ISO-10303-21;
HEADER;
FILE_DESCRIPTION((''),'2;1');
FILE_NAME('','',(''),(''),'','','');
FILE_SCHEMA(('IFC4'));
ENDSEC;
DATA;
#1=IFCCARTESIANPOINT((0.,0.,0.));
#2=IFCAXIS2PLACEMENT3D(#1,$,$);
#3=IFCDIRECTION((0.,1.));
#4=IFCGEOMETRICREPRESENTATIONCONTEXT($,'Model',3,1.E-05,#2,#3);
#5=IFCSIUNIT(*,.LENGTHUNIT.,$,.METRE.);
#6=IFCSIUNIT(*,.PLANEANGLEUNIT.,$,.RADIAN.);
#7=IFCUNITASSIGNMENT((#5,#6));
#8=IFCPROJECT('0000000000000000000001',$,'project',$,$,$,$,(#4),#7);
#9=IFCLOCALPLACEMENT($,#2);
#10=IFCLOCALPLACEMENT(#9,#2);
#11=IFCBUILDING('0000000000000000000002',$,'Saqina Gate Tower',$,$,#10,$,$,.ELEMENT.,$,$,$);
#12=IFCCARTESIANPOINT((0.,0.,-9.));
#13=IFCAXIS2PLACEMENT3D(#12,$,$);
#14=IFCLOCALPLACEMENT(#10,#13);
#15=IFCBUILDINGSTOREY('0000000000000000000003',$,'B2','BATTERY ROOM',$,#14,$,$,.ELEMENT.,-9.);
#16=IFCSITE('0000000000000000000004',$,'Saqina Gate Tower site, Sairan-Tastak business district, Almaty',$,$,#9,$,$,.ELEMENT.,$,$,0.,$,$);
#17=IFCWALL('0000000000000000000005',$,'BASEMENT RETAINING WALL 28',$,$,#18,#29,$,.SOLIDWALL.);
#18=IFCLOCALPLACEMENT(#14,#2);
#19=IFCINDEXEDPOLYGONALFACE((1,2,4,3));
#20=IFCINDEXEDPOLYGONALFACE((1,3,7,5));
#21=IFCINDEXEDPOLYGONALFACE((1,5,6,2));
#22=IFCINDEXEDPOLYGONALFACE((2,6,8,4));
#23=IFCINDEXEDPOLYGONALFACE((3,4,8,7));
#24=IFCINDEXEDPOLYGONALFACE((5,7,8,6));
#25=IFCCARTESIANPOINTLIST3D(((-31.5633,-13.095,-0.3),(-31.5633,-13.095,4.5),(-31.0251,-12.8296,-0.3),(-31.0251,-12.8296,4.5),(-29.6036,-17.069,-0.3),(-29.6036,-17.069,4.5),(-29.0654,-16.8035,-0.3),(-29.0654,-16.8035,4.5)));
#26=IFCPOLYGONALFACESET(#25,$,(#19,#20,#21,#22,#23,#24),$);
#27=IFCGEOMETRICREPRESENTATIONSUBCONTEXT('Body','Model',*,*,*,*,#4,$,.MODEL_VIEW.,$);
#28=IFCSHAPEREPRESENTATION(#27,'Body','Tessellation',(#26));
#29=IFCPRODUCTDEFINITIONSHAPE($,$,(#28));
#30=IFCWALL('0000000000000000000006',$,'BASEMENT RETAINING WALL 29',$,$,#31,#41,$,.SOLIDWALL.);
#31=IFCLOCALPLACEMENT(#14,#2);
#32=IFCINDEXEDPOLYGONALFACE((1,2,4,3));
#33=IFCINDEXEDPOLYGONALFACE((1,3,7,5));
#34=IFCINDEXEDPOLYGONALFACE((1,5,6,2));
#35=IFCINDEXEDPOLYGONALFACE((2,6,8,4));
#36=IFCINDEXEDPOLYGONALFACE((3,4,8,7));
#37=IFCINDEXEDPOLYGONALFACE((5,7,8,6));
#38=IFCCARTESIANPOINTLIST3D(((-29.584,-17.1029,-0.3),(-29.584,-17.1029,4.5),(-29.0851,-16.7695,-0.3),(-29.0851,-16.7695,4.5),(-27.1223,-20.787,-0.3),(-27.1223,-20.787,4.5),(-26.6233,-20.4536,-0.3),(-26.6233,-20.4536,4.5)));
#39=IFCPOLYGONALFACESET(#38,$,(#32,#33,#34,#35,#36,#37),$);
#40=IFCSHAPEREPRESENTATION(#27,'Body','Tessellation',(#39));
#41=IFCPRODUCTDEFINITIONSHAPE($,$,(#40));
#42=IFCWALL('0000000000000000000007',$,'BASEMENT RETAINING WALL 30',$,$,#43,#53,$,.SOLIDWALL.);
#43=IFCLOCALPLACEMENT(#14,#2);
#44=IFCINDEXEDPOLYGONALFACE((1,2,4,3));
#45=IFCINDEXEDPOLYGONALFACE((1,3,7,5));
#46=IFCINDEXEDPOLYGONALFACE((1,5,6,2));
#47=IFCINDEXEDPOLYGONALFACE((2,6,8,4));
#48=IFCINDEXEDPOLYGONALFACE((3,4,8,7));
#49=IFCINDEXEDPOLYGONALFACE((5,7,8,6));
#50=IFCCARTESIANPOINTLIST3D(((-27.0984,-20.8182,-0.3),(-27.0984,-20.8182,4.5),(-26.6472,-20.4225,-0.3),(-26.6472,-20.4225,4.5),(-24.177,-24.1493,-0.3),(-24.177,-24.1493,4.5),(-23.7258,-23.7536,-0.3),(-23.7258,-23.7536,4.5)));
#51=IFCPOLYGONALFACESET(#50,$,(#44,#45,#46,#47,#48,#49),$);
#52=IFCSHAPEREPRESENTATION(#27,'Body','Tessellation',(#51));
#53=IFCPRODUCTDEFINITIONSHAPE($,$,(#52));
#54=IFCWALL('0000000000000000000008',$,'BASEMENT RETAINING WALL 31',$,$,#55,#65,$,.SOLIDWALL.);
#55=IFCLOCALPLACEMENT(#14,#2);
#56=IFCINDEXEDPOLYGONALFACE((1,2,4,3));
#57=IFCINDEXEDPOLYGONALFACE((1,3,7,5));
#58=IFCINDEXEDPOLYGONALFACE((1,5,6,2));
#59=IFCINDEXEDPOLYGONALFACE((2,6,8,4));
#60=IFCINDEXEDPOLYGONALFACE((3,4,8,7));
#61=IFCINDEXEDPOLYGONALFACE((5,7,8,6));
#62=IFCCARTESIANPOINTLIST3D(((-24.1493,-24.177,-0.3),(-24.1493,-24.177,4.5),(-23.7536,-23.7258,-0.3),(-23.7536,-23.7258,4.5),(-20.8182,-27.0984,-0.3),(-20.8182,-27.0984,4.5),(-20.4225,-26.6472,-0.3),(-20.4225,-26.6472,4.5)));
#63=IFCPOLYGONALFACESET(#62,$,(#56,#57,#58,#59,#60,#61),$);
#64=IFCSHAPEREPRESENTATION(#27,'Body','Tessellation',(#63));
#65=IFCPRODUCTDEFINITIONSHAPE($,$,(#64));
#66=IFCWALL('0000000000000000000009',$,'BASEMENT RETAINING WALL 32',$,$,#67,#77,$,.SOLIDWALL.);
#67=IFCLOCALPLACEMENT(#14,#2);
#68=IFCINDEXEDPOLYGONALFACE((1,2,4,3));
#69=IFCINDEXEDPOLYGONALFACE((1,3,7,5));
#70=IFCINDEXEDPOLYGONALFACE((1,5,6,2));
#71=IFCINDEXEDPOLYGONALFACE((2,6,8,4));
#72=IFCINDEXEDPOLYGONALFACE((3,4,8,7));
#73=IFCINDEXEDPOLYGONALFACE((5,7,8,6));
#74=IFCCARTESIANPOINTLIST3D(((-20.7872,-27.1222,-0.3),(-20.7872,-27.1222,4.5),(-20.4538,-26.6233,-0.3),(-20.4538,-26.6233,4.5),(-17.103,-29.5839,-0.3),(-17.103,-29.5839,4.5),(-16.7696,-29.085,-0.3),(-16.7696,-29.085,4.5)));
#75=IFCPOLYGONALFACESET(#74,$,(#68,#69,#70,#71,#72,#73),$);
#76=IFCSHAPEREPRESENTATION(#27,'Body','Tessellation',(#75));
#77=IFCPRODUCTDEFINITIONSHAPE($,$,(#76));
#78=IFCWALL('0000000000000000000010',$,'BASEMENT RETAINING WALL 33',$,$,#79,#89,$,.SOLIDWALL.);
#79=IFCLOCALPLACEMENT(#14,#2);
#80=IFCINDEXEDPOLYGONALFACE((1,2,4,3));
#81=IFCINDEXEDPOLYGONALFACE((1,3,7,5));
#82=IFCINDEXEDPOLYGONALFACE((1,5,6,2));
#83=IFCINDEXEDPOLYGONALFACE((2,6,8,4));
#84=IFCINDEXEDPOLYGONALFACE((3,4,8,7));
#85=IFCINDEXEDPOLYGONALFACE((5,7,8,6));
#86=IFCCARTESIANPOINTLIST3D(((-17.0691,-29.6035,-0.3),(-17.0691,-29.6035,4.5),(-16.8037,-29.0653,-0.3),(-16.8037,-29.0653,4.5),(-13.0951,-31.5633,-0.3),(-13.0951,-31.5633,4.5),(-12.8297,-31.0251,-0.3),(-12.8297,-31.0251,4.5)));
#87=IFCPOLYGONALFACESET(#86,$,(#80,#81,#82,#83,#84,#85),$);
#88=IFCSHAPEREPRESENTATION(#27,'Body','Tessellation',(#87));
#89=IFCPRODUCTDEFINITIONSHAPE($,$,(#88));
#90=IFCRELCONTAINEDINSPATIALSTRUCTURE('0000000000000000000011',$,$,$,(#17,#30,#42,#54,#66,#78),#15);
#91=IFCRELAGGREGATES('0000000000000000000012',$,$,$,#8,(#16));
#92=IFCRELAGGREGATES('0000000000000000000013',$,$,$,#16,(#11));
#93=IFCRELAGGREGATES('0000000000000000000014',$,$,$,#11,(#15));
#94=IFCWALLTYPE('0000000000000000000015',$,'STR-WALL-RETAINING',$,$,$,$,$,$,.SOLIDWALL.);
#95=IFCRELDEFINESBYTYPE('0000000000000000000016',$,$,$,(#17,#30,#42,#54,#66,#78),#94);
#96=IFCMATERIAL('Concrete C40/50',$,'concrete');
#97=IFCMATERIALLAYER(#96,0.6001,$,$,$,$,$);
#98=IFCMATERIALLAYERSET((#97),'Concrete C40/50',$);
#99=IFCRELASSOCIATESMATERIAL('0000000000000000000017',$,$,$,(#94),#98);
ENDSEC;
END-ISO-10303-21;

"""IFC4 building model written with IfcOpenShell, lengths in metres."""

from ifc_helpers import new_model, si_unit, direction, frame, frame_2d, origin, place, context, subcontext, project, spatial, rectangle, extrude, material, layer, layer_set, type_object, element, save


model = new_model("IFC4")

# Units and contexts
model_context = context("Model", 3, precision=1e-05, world=origin(), true_north=direction((0.0, 1.0)))
body_context = subcontext(model_context, "Body", "Model", "MODEL_VIEW")
ifc_project = project(units=[si_unit("LENGTHUNIT", "METRE"), si_unit("PLANEANGLEUNIT", "RADIAN")], contexts=[model_context])

# Site, building, storey
site_placement = place(None, origin())
site = spatial("IfcSite", under=ifc_project, at=site_placement, Name="Saqina Gate Tower site, Sairan-Tastak business district, Almaty", CompositionType="ELEMENT", RefElevation=0.0)
building_placement = place(site_placement, origin())
building = spatial("IfcBuilding", under=site, at=building_placement, Name="Saqina Gate Tower", CompositionType="ELEMENT")
storey_placement = place(building_placement, frame((0.0, 0.0, -9.0)))
storey = spatial("IfcBuildingStorey", under=building, at=storey_placement, Name="B2", Description="BATTERY ROOM", CompositionType="ELEMENT", Elevation=-9.0)

# Walls
ifc_material_1 = material(Name="Concrete C40/50", Category="concrete")
ifc_layer_1 = layer(ifc_material_1, 0.6001)
ifc_layer_set_1 = layer_set([ifc_layer_1], Name="Concrete C40/50")
wall_type_1 = type_object("IfcWallType", Name="STR-WALL-RETAINING", PredefinedType="SOLIDWALL", material=ifc_layer_set_1)
for number, where, z_axis, x_axis, name in (
    (1, (-31.2942, -12.9624, -0.3), (0.0, 0.0, 1.0), (0.442292, -0.896871, 0.0), "BASEMENT RETAINING WALL 28"),
    (2, (-29.3345, -16.9363, -0.3), (0.0, 0.0, 1.0), (0.555577, -0.831465, 0.0), "BASEMENT RETAINING WALL 29"),
):
    element("IfcWall", number, at=place(storey_placement, frame(where, z_axis=z_axis, x_axis=x_axis)), inside=storey, type_object=wall_type_1, Name=name, PredefinedType="SOLIDWALL", context=body_context, shape_type="SweptSolid", body=[
        extrude(rectangle(XDim=4.4309, YDim=0.6001, at=frame_2d((2.2153, 0.0))), origin(), (0.0, 0.0, 1.0), 4.8),
    ])
for number, where, z_axis, x_axis, name in (
    (3, (-26.8728, -20.6204, -0.3), (0.0, 0.0, 1.0), (0.659362, -0.751825, 0.0), "BASEMENT RETAINING WALL 30"),
    (4, (-23.9514, -23.9514, -0.3), (0.0, 0.0, 1.0), (0.751825, -0.659362, 0.0), "BASEMENT RETAINING WALL 31"),
):
    element("IfcWall", number, at=place(storey_placement, frame(where, z_axis=z_axis, x_axis=x_axis)), inside=storey, type_object=wall_type_1, Name=name, PredefinedType="SOLIDWALL", context=body_context, shape_type="SweptSolid", body=[
        extrude(rectangle(XDim=4.4307, YDim=0.6001, at=frame_2d((2.2153, 0.0))), origin(), (0.0, 0.0, 1.0), 4.8),
    ])
for number, where, z_axis, x_axis, name in (
    (5, (-20.6204, -26.8728, -0.3), (0.0, 0.0, 1.0), (0.831465, -0.555577, 0.0), "BASEMENT RETAINING WALL 32"),
    (6, (-16.9363, -29.3345, -0.3), (0.0, 0.0, 1.0), (0.896871, -0.442292, 0.0), "BASEMENT RETAINING WALL 33"),
):
    element("IfcWall", number, at=place(storey_placement, frame(where, z_axis=z_axis, x_axis=x_axis)), inside=storey, type_object=wall_type_1, Name=name, PredefinedType="SOLIDWALL", context=body_context, shape_type="SweptSolid", body=[
        extrude(rectangle(XDim=4.4309, YDim=0.6001, at=frame_2d((2.2153, 0.0))), origin(), (0.0, 0.0, 1.0), 4.8),
    ])

save(model, "model.ifc")
